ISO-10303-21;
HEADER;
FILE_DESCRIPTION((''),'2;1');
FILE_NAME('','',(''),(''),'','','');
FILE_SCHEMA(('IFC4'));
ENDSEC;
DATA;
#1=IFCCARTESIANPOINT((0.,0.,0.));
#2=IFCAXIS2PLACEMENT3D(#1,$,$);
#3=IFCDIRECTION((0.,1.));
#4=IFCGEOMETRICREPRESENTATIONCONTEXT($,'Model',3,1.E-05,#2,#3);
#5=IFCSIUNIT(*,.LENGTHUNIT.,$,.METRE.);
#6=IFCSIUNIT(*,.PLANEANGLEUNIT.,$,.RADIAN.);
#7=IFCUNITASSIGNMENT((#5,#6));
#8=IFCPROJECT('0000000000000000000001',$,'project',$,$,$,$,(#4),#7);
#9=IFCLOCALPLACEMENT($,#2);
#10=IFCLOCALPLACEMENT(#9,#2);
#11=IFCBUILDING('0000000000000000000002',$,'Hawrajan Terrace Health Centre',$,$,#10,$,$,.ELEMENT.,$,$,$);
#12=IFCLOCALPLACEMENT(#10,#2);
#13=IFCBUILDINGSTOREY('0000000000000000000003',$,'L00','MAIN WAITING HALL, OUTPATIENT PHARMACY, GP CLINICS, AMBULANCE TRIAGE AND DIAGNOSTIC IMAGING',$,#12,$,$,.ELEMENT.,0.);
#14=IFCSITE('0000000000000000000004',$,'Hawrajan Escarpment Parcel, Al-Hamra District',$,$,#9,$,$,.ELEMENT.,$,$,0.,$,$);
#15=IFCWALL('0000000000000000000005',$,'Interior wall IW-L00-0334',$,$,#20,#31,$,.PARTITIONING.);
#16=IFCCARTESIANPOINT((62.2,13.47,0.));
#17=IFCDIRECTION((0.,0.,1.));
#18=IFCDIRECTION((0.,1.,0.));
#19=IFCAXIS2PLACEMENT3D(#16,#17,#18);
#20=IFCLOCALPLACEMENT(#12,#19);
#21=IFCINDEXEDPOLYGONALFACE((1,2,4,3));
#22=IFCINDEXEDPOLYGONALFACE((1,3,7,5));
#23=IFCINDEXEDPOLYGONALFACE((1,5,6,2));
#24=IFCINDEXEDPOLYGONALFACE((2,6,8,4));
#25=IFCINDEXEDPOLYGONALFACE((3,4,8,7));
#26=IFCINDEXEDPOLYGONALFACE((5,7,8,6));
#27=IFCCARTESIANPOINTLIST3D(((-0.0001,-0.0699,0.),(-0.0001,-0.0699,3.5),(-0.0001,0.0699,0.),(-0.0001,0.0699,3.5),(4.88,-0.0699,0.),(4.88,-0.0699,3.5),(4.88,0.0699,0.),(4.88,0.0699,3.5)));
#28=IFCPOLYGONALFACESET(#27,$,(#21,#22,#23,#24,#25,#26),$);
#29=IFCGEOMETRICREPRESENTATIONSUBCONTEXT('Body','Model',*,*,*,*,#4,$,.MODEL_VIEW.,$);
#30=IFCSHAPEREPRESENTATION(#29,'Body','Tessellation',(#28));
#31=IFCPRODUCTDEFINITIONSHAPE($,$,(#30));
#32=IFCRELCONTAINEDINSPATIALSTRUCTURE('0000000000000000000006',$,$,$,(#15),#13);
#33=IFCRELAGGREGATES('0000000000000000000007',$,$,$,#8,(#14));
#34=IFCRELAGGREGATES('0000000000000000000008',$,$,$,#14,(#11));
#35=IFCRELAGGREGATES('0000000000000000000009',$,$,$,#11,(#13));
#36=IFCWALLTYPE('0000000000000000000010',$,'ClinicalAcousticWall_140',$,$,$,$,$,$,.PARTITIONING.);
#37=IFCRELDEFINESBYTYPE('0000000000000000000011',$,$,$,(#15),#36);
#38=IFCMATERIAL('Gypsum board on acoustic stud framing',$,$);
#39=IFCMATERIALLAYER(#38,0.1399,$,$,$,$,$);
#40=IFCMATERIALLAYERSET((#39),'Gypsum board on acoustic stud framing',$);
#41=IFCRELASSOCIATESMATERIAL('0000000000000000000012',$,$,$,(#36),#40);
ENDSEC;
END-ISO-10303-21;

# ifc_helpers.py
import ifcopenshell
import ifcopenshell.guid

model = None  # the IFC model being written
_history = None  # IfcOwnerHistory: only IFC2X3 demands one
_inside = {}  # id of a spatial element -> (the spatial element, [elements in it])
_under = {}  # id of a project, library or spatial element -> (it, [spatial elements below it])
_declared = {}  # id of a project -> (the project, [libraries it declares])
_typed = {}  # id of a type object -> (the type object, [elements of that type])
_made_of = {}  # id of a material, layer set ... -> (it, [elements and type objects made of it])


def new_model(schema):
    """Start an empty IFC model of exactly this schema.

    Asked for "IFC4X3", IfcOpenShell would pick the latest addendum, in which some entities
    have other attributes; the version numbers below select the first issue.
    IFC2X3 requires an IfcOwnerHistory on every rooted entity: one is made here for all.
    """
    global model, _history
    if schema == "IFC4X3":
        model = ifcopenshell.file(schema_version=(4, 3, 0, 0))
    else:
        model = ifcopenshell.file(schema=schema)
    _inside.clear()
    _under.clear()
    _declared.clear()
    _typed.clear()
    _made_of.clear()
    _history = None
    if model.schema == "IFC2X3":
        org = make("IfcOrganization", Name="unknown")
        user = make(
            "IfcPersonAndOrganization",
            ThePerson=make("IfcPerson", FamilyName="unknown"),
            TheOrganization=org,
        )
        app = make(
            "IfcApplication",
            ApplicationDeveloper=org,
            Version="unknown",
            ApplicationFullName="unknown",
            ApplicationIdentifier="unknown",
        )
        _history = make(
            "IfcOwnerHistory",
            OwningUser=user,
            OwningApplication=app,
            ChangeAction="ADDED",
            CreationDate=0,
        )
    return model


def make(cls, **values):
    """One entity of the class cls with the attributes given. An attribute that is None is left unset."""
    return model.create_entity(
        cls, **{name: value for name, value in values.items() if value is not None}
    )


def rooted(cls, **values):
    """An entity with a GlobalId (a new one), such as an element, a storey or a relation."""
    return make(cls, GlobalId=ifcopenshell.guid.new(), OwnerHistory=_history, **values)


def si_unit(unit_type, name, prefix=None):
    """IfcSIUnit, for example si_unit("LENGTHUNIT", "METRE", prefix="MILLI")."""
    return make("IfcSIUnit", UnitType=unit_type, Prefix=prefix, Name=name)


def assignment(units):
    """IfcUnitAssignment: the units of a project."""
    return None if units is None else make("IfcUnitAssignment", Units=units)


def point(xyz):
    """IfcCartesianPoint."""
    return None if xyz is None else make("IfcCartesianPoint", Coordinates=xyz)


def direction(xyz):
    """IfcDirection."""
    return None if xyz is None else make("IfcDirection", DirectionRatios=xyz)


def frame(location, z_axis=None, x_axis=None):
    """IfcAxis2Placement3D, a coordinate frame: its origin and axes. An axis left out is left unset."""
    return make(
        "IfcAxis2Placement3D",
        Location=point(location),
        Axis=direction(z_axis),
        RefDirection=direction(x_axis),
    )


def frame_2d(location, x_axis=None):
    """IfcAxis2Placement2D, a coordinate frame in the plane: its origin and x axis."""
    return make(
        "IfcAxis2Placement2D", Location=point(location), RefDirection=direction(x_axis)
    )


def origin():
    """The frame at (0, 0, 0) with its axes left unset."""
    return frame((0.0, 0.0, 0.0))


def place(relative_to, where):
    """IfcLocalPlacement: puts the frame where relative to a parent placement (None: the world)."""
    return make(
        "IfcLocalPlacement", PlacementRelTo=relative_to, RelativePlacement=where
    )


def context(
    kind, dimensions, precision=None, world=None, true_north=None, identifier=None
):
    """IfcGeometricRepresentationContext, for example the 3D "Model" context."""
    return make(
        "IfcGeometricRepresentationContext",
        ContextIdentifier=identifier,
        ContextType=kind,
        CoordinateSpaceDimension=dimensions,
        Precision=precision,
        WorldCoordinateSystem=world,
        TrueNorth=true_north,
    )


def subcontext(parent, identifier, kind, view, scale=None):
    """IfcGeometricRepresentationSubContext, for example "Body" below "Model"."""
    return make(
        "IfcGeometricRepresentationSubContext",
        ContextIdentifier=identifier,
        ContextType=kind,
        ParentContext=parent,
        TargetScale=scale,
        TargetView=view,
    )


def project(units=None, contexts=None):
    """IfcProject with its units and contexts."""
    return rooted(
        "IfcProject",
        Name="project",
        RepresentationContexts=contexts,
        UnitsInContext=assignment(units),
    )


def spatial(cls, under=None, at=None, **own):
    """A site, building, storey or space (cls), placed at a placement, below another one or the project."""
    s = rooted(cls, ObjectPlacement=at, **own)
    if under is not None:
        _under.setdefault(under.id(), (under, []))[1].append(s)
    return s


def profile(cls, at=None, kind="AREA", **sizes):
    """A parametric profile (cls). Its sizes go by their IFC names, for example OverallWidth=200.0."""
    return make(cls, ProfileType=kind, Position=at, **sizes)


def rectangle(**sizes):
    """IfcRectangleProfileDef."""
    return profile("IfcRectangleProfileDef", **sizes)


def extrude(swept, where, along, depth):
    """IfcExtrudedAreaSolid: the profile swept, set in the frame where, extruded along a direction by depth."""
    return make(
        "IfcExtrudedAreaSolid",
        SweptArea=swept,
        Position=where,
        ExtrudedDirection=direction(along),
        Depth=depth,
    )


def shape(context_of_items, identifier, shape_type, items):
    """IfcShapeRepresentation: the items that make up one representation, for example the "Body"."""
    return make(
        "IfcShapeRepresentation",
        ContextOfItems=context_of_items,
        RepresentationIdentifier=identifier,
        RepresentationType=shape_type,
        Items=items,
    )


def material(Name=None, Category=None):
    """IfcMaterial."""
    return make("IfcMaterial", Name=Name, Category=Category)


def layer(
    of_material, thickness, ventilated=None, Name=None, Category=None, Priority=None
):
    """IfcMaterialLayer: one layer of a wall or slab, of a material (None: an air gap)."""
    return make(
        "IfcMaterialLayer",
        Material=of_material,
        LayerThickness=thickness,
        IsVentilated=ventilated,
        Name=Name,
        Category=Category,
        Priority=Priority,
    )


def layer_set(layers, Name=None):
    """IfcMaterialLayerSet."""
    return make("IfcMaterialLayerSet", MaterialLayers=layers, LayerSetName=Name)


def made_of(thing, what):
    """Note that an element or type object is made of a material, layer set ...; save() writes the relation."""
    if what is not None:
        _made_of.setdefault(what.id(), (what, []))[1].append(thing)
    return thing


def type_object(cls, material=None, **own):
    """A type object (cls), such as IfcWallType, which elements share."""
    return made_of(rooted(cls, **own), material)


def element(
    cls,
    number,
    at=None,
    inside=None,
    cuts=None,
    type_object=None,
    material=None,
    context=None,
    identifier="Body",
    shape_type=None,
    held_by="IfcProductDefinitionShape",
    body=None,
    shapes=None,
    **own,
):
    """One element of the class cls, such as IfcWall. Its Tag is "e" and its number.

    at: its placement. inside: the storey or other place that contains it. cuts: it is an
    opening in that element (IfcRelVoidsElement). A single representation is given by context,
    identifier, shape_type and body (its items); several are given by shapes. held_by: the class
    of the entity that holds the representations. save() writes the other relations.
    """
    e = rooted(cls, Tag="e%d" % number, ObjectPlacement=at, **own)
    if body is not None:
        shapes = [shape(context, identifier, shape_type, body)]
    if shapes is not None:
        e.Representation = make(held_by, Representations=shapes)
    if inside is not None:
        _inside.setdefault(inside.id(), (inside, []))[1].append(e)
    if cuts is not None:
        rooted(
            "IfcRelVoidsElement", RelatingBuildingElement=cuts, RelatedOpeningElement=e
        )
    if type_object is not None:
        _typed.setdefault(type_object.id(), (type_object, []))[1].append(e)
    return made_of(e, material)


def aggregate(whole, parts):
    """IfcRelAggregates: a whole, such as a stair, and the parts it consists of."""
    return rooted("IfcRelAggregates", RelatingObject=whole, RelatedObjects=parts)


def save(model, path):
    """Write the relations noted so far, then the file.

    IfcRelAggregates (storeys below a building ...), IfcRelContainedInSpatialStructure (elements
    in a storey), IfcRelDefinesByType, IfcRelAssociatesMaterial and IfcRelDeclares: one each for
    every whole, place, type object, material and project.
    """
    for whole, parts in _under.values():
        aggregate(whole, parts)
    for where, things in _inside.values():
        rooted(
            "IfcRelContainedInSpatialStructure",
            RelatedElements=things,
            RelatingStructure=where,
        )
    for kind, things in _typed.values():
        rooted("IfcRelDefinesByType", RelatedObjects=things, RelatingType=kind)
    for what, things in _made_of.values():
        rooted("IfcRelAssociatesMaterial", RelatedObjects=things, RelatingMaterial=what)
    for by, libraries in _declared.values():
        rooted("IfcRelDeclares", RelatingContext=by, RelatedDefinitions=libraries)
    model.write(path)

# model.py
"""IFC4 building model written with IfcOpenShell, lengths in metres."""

from ifc_helpers import new_model, si_unit, direction, frame, frame_2d, origin, place, context, subcontext, project, spatial, rectangle, extrude, material, layer, layer_set, type_object, element, save


model = new_model("IFC4")

# Units and contexts
model_context = context("Model", 3, precision=1e-05, world=origin(), true_north=direction((0.0, 1.0)))
body_context = subcontext(model_context, "Body", "Model", "MODEL_VIEW")
ifc_project = project(units=[si_unit("LENGTHUNIT", "METRE"), si_unit("PLANEANGLEUNIT", "RADIAN")], contexts=[model_context])

# Site, building, storey
site_placement = place(None, origin())
site = spatial("IfcSite", under=ifc_project, at=site_placement, Name="Hawrajan Escarpment Parcel, Al-Hamra District", CompositionType="ELEMENT", RefElevation=0.0)
building_placement = place(site_placement, origin())
building = spatial("IfcBuilding", under=site, at=building_placement, Name="Hawrajan Terrace Health Centre", CompositionType="ELEMENT")
storey_placement = place(building_placement, origin())
storey = spatial("IfcBuildingStorey", under=building, at=storey_placement, Name="L00", Description="MAIN WAITING HALL, OUTPATIENT PHARMACY, GP CLINICS, AMBULANCE TRIAGE AND DIAGNOSTIC IMAGING", CompositionType="ELEMENT", Elevation=0.0)

# Wall
ifc_material_1 = material(Name="Gypsum board on acoustic stud framing")
ifc_layer_1 = layer(ifc_material_1, 0.1399)
ifc_layer_set_1 = layer_set([ifc_layer_1], Name="Gypsum board on acoustic stud framing")
wall_type_1 = type_object("IfcWallType", Name="ClinicalAcousticWall_140", PredefinedType="PARTITIONING", material=ifc_layer_set_1)
wall_1_placement = place(storey_placement, frame((62.2, 13.47, 0.0), z_axis=(0.0, 0.0, 1.0), x_axis=(0.0, 1.0, 0.0)))
element("IfcWall", 1, at=wall_1_placement, inside=storey, type_object=wall_type_1, Name="Interior wall IW-L00-0334", PredefinedType="PARTITIONING", context=body_context, shape_type="SweptSolid", body=[
    extrude(rectangle(XDim=4.8801, YDim=0.1399, at=frame_2d((2.4399, 0.0))), origin(), (0.0, 0.0, 1.0), 3.5),
])

save(model, "model.ifc")
